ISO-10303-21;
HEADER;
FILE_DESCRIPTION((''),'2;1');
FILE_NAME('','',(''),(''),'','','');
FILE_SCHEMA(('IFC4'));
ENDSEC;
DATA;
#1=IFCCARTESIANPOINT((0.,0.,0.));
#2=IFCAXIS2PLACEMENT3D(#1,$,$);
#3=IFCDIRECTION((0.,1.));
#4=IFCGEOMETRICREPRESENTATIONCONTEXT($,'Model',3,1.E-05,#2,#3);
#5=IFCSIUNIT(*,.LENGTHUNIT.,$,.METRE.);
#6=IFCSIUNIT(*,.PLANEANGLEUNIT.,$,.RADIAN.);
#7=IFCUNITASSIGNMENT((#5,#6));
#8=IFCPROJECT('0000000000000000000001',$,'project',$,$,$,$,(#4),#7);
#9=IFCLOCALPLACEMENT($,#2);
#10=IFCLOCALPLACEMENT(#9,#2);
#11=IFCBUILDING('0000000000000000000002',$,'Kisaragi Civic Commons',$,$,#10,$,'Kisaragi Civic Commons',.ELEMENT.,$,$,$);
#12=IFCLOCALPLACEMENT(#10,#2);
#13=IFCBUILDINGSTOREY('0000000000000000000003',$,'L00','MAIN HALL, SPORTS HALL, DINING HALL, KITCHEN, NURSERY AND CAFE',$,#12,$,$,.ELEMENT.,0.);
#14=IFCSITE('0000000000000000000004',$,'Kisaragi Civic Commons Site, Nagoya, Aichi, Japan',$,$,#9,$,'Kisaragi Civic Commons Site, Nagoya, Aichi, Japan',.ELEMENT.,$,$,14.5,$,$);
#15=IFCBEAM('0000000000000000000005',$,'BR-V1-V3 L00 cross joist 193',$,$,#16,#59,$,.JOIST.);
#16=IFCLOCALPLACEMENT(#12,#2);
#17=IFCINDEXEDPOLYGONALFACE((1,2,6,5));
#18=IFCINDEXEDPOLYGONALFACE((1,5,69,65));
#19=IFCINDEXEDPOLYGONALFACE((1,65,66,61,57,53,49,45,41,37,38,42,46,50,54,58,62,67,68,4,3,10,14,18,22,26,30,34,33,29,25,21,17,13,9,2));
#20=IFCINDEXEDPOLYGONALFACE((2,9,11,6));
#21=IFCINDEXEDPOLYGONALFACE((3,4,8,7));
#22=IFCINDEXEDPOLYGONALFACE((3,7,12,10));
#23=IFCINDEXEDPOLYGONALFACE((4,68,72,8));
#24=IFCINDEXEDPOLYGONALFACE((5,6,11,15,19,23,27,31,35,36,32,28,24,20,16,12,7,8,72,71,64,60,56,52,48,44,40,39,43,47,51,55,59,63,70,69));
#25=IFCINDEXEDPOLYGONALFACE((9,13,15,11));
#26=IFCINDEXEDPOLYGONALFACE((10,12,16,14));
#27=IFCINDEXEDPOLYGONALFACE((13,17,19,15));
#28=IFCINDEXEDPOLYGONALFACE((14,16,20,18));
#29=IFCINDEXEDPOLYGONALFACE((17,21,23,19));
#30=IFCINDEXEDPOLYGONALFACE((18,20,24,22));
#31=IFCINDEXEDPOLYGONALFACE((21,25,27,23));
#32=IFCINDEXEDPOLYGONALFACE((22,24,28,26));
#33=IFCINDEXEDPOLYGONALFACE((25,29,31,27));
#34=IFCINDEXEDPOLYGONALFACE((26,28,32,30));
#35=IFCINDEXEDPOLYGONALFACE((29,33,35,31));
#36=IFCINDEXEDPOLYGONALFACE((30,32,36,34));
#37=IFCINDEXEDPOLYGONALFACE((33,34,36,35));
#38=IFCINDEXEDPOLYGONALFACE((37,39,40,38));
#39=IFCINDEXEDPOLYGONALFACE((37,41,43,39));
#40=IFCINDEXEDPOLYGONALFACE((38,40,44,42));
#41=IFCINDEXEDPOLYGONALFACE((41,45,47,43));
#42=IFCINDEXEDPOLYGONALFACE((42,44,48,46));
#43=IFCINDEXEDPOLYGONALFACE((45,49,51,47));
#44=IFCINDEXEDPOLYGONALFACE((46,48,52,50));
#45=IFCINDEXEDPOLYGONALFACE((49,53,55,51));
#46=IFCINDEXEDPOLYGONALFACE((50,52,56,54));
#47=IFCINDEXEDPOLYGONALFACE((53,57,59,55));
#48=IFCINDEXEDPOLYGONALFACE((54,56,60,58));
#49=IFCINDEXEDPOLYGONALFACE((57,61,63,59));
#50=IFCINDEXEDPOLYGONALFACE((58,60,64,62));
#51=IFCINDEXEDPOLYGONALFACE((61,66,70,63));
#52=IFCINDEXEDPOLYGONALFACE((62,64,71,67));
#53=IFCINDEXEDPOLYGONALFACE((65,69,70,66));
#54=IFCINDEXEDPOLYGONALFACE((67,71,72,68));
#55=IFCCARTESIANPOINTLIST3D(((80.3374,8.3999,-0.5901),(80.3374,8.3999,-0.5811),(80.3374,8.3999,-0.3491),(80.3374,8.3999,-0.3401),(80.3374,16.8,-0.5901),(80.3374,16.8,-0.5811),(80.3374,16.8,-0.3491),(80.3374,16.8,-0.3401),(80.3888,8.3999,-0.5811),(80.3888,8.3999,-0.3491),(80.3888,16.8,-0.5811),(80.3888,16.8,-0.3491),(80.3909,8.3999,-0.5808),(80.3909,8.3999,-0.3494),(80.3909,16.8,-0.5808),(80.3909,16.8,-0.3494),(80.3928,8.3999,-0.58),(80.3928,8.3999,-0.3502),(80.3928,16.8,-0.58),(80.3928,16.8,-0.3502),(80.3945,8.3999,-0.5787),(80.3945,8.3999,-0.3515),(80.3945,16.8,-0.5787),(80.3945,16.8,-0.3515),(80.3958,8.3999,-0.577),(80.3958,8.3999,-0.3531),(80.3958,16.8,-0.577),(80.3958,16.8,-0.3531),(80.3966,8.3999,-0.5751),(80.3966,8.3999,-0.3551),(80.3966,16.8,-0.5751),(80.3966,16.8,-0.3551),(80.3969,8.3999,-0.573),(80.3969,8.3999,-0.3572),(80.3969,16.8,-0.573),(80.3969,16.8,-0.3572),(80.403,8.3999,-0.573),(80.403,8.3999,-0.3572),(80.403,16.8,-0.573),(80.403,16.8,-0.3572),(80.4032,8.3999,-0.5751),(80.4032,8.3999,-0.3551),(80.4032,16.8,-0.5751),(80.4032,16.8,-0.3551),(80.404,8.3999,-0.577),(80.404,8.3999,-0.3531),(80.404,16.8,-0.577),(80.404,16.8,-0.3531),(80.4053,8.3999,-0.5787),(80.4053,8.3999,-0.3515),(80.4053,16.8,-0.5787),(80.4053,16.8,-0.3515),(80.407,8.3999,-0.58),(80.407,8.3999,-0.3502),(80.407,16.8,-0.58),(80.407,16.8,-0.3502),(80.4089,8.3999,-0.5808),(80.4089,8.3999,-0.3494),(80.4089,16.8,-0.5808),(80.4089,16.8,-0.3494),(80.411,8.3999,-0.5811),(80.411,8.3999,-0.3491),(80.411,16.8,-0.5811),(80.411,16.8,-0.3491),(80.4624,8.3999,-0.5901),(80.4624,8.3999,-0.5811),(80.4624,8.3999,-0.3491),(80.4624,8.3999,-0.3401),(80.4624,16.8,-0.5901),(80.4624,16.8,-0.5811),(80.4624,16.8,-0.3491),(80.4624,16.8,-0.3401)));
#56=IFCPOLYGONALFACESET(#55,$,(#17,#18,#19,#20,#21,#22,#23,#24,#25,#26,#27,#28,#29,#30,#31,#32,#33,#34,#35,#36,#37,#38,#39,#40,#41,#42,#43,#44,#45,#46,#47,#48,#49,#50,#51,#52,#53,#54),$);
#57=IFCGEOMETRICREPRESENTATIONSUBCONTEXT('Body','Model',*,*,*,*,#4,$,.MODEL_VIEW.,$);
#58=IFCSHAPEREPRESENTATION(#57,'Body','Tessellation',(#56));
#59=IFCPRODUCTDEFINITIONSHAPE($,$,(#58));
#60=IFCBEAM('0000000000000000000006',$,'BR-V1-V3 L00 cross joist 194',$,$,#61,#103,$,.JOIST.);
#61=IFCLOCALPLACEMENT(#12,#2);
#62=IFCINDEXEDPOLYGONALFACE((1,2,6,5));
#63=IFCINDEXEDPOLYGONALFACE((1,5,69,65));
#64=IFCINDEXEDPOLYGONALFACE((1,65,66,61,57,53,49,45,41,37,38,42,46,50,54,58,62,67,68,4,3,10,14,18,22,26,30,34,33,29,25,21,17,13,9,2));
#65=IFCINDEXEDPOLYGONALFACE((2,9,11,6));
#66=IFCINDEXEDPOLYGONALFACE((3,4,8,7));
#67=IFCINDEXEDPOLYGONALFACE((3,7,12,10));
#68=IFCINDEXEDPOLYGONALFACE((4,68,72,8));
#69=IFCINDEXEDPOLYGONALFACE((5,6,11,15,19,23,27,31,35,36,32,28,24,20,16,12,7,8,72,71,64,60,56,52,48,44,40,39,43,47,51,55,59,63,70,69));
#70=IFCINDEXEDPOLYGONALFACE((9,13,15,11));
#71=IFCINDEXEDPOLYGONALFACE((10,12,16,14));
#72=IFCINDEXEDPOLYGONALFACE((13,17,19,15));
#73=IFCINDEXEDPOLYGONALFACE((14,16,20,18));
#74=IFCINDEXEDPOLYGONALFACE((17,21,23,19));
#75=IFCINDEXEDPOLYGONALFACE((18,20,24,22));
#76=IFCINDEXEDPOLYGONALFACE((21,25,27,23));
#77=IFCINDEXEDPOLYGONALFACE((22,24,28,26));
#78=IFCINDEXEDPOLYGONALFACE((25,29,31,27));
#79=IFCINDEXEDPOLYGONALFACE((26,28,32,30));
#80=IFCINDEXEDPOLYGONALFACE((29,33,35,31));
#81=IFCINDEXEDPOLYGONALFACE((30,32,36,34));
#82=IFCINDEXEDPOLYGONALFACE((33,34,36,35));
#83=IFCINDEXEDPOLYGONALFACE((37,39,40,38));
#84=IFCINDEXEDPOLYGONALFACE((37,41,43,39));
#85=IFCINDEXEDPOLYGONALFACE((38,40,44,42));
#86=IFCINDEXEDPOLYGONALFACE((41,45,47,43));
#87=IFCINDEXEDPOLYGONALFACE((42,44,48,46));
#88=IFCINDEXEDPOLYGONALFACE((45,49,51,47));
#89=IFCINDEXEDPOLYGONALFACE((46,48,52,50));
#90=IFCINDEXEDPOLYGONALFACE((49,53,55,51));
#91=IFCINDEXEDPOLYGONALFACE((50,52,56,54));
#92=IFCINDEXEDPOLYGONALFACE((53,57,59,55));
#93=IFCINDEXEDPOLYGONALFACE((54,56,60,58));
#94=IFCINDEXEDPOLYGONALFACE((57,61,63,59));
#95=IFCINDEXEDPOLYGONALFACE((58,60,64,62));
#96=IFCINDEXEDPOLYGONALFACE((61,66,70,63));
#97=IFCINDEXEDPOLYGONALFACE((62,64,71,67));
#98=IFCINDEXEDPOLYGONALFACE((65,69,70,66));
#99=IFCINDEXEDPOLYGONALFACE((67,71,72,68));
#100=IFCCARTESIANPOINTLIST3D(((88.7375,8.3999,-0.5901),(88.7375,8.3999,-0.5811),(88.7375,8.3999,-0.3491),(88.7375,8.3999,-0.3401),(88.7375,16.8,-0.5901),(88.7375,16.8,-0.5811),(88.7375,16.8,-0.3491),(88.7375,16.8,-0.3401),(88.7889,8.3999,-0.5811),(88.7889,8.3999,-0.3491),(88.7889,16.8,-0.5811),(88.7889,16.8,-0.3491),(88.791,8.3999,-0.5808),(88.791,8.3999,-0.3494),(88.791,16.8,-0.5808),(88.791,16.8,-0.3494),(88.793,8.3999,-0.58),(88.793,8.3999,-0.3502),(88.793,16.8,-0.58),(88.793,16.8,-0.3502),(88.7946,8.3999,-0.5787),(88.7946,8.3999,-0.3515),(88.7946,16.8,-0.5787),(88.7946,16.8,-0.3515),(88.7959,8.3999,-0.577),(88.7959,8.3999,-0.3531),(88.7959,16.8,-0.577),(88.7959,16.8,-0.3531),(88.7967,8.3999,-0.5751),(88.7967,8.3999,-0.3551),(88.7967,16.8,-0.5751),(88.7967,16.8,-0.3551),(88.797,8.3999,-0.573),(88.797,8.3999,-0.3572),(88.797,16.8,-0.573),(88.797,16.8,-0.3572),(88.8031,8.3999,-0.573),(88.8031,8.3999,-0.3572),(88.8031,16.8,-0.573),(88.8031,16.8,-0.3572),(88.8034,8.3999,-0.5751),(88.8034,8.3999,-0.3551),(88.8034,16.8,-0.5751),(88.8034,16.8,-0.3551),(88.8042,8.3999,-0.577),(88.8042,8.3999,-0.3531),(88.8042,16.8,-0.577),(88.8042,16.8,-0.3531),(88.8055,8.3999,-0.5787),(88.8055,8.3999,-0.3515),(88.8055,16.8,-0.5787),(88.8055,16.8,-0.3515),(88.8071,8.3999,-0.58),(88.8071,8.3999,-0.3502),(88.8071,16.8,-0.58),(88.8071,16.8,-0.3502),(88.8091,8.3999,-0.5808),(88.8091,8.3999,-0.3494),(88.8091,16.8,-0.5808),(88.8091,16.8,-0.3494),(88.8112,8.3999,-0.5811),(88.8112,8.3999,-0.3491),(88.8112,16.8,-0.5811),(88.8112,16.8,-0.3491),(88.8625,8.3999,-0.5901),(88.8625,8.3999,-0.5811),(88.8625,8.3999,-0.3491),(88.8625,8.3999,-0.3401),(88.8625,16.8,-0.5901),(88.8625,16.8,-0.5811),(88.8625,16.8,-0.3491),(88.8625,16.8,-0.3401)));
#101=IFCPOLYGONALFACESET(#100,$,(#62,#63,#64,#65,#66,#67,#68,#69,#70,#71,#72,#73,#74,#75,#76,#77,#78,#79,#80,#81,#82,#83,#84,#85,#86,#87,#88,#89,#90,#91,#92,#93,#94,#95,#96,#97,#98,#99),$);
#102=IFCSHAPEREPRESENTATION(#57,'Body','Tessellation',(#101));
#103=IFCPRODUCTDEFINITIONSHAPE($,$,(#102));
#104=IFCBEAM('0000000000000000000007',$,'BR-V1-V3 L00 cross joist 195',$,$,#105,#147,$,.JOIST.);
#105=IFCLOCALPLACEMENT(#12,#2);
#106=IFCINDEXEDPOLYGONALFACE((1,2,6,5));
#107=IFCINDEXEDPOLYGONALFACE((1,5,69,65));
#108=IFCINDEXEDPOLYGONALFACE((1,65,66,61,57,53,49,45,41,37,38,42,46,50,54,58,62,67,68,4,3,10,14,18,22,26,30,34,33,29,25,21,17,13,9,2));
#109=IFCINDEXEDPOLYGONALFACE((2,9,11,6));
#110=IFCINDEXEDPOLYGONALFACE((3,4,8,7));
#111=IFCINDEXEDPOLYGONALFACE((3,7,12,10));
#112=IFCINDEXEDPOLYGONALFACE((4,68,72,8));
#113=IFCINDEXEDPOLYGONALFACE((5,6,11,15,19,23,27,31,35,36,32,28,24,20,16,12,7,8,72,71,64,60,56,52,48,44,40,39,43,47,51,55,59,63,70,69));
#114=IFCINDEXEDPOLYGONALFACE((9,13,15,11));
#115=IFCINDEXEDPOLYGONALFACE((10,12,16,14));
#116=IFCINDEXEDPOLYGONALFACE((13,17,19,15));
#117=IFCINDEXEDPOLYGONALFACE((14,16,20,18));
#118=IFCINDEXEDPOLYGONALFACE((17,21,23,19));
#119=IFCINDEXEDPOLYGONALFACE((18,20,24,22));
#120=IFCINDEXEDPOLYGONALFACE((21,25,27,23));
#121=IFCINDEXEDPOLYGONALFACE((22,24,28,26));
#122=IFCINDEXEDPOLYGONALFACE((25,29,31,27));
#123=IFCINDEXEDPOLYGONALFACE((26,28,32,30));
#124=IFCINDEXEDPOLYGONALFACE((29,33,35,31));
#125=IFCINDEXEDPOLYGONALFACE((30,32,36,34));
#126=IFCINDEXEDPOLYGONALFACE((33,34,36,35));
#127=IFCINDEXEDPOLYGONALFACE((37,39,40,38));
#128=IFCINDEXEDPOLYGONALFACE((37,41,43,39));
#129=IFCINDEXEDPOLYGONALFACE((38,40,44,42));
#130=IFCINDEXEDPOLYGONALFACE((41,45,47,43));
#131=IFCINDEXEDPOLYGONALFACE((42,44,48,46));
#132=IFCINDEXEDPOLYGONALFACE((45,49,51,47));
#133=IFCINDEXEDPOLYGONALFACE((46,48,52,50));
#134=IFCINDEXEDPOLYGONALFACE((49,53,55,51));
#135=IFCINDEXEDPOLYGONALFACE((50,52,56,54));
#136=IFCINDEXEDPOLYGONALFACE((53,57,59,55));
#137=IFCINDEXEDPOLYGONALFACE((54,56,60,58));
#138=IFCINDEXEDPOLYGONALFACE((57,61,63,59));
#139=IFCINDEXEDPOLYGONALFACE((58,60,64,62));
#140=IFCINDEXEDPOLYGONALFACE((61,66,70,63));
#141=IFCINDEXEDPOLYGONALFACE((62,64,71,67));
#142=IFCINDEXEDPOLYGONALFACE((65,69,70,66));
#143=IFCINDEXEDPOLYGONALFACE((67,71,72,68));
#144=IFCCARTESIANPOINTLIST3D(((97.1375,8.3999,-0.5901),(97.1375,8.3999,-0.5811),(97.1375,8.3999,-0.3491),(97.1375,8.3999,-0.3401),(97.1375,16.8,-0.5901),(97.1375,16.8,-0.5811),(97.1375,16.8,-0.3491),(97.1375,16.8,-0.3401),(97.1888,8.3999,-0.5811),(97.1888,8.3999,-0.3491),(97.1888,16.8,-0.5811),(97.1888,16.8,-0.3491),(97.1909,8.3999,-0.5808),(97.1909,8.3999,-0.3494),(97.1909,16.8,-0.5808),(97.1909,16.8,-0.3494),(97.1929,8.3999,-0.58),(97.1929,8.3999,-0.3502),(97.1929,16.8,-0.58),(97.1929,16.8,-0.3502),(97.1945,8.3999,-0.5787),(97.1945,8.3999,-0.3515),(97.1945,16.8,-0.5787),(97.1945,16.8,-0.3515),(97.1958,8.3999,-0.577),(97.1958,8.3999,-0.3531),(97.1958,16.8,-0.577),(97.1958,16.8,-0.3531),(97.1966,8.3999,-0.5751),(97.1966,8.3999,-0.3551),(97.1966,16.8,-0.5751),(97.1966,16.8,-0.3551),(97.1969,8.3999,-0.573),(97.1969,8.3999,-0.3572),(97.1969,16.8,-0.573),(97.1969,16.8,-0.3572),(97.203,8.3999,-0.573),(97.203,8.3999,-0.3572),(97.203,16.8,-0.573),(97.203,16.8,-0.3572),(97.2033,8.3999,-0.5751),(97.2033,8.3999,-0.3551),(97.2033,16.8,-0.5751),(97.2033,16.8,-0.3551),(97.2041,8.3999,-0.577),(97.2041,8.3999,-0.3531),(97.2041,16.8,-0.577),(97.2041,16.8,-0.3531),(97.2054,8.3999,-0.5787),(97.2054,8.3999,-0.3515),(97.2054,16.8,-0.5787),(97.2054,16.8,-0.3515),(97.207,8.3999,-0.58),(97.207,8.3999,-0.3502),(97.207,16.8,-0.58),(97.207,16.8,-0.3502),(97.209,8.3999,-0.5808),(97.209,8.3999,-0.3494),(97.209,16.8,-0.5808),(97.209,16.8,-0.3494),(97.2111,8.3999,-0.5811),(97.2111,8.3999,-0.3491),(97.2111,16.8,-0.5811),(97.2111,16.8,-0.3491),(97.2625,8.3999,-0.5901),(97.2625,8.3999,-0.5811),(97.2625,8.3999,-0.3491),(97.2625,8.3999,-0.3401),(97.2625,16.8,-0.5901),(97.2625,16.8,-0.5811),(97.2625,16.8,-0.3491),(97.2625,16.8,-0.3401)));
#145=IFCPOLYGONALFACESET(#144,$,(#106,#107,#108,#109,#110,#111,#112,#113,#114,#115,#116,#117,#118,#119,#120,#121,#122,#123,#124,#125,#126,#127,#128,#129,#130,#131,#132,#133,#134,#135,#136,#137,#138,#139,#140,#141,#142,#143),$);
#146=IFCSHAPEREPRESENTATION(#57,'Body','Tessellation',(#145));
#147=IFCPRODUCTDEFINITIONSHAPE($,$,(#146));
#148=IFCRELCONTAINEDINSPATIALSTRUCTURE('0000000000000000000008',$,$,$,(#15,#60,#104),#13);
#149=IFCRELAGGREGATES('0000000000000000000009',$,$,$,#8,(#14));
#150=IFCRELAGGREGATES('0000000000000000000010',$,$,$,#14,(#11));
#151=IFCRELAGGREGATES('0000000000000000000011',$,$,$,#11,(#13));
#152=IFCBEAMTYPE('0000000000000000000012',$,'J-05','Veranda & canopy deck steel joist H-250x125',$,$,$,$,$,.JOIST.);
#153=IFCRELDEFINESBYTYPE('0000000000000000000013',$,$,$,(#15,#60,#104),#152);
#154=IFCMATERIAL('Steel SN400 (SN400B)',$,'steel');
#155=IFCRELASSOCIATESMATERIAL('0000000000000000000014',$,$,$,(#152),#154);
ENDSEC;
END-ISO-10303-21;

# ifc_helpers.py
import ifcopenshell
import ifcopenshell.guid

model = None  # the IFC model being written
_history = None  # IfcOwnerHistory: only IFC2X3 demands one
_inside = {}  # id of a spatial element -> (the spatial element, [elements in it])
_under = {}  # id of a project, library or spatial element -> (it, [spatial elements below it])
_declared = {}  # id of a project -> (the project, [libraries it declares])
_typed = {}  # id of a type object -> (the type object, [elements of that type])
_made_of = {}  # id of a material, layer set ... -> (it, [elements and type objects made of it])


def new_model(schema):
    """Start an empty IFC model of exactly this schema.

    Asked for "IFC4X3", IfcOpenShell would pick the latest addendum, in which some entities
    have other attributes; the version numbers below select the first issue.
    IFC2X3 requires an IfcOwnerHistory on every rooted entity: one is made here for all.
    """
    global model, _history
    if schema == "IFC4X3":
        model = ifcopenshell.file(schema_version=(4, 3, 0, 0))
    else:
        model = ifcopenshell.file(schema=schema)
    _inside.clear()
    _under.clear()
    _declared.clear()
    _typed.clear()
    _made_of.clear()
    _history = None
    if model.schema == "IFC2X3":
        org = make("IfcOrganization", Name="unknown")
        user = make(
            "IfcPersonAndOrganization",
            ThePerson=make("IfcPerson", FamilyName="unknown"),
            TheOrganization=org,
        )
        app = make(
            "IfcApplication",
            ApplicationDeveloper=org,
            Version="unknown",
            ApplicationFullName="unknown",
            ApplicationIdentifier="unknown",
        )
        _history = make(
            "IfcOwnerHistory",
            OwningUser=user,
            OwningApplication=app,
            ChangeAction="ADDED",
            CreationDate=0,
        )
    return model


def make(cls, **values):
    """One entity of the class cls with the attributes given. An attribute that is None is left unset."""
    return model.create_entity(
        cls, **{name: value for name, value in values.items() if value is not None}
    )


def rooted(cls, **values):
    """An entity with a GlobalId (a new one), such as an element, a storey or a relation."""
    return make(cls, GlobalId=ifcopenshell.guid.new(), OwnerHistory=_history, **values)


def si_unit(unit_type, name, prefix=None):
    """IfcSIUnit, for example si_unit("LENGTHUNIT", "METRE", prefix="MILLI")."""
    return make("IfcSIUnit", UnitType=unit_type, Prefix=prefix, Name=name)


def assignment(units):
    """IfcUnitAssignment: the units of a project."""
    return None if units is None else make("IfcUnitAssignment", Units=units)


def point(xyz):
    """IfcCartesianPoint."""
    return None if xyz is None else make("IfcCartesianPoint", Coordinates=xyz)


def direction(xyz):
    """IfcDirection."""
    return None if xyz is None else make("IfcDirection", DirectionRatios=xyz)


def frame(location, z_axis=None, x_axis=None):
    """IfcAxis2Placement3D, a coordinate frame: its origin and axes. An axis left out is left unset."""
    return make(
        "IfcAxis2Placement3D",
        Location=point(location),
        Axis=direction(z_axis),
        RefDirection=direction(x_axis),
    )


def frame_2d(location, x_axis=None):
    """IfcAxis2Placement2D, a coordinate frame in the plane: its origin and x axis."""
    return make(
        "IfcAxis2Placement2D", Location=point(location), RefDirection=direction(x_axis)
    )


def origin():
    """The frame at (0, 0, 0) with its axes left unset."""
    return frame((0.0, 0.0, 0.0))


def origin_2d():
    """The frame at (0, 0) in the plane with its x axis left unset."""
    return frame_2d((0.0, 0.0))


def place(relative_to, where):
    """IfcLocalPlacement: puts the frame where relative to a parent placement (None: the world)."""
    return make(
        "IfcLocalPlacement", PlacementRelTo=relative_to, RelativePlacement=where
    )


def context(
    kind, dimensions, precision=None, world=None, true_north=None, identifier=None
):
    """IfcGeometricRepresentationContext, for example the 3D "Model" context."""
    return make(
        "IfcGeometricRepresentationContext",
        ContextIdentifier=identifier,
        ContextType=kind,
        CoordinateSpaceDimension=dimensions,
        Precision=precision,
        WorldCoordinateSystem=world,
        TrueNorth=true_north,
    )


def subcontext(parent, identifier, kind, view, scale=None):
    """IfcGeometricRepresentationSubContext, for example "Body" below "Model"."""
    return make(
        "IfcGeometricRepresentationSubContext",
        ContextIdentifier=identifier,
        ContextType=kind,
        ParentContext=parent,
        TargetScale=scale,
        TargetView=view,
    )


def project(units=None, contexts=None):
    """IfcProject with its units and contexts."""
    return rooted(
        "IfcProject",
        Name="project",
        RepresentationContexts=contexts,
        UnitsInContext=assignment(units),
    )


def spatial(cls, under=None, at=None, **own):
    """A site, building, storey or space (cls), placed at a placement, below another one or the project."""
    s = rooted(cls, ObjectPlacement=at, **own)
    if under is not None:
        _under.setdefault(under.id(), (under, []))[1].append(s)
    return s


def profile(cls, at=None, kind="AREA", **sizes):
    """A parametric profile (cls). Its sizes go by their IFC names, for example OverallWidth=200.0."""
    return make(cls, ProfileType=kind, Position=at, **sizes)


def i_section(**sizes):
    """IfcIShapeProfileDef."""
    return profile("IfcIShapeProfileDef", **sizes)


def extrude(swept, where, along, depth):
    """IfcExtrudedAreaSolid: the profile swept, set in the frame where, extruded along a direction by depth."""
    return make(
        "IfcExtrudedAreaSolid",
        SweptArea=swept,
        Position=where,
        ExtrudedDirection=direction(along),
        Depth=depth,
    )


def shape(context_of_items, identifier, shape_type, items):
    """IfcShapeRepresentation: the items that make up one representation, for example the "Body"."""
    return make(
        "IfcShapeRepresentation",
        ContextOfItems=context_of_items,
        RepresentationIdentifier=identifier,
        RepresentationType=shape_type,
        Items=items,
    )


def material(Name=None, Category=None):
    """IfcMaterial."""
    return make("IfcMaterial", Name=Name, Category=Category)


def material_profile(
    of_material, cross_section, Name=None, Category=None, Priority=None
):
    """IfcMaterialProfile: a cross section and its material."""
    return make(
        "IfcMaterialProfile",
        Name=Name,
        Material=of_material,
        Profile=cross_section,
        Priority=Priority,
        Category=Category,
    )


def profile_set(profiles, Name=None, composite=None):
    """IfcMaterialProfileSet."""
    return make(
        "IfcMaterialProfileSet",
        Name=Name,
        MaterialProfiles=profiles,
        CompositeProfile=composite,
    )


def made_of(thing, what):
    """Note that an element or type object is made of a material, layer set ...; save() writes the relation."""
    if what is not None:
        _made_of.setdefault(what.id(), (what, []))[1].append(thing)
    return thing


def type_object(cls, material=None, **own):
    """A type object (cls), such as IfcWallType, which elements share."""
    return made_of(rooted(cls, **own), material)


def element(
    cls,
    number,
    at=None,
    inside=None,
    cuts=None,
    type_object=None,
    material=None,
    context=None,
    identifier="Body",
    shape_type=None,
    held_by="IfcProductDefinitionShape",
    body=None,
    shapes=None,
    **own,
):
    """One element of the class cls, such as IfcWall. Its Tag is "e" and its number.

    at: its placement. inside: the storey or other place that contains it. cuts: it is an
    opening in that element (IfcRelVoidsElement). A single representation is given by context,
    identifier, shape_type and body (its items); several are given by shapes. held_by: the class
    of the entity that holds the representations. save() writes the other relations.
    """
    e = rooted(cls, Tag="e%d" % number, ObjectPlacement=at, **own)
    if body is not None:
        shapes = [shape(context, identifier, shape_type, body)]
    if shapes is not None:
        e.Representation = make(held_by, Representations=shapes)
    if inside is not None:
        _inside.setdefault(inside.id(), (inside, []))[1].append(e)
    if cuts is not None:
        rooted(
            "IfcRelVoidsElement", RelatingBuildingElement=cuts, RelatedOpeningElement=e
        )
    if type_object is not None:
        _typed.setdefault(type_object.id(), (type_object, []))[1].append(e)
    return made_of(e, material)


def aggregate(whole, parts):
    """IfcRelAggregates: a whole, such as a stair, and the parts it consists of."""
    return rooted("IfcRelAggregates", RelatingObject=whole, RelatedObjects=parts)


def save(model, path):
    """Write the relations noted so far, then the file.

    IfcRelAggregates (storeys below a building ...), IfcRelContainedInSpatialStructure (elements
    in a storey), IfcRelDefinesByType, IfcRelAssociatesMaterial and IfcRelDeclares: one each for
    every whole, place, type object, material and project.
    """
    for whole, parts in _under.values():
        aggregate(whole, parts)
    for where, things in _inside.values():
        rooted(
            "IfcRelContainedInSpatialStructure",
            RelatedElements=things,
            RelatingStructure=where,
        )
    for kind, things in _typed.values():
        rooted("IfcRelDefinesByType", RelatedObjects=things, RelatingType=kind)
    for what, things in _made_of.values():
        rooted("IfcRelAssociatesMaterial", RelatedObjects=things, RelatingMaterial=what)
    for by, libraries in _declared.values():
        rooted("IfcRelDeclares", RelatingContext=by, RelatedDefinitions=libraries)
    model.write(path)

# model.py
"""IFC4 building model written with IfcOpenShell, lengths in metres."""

from ifc_helpers import new_model, si_unit, direction, frame, origin, origin_2d, place, context, subcontext, project, spatial, i_section, extrude, material, material_profile, profile_set, type_object, element, save


model = new_model("IFC4")

# Units and contexts
model_context = context("Model", 3, precision=1e-05, world=origin(), true_north=direction((0.0, 1.0)))
body_context = subcontext(model_context, "Body", "Model", "MODEL_VIEW")
ifc_project = project(units=[si_unit("LENGTHUNIT", "METRE"), si_unit("PLANEANGLEUNIT", "RADIAN")], contexts=[model_context])

# Site, building, storey
site_placement = place(None, origin())
site = spatial("IfcSite", under=ifc_project, at=site_placement, Name="Kisaragi Civic Commons Site, Nagoya, Aichi, Japan", LongName="Kisaragi Civic Commons Site, Nagoya, Aichi, Japan", CompositionType="ELEMENT", RefElevation=14.5)
building_placement = place(site_placement, origin())
building = spatial("IfcBuilding", under=site, at=building_placement, Name="Kisaragi Civic Commons", LongName="Kisaragi Civic Commons", CompositionType="ELEMENT")
storey_placement = place(building_placement, origin())
storey = spatial("IfcBuildingStorey", under=building, at=storey_placement, Name="L00", Description="MAIN HALL, SPORTS HALL, DINING HALL, KITCHEN, NURSERY AND CAFE", CompositionType="ELEMENT", Elevation=0.0)

# Beams
ifc_material_1 = material(Name="Steel SN400 (SN400B)", Category="steel")
ifc_material_profile_1 = material_profile(ifc_material_1, i_section(OverallWidth=0.125, OverallDepth=0.25, WebThickness=0.0061, FlangeThickness=0.009, FilletRadius=0.0081, at=origin_2d()), Name="H-250x125x6x9", Category="steel")
ifc_profile_set_1 = profile_set([ifc_material_profile_1], Name="Steel SN400 (SN400B)")
beam_type_1 = type_object("IfcBeamType", Name="J-05", Description="Veranda & canopy deck steel joist H-250x125", PredefinedType="JOIST", material=ifc_profile_set_1)
for number, where, z_axis, x_axis, name in (
    (1, (80.3999, 8.3999, -0.4651), (0.0, 1.0, 0.0), (-1.0, 0.0, 0.0), "BR-V1-V3 L00 cross joist 193"),
    (2, (88.8, 8.3999, -0.4651), (0.0, 1.0, 0.0), (-1.0, 0.0, 0.0), "BR-V1-V3 L00 cross joist 194"),
    (3, (97.2, 8.3999, -0.4651), (0.0, 1.0, 0.0), (-1.0, 0.0, 0.0), "BR-V1-V3 L00 cross joist 195"),
):
    element("IfcBeam", number, at=place(storey_placement, frame(where, z_axis=z_axis, x_axis=x_axis)), inside=storey, type_object=beam_type_1, Name=name, PredefinedType="JOIST", context=body_context, shape_type="SweptSolid", body=[
        extrude(i_section(OverallWidth=0.125, OverallDepth=0.25, WebThickness=0.0061, FlangeThickness=0.009, FilletRadius=0.0081, at=origin_2d()), origin(), (0.0, 0.0, 1.0), 8.4001),
    ])

save(model, "model.ifc")
